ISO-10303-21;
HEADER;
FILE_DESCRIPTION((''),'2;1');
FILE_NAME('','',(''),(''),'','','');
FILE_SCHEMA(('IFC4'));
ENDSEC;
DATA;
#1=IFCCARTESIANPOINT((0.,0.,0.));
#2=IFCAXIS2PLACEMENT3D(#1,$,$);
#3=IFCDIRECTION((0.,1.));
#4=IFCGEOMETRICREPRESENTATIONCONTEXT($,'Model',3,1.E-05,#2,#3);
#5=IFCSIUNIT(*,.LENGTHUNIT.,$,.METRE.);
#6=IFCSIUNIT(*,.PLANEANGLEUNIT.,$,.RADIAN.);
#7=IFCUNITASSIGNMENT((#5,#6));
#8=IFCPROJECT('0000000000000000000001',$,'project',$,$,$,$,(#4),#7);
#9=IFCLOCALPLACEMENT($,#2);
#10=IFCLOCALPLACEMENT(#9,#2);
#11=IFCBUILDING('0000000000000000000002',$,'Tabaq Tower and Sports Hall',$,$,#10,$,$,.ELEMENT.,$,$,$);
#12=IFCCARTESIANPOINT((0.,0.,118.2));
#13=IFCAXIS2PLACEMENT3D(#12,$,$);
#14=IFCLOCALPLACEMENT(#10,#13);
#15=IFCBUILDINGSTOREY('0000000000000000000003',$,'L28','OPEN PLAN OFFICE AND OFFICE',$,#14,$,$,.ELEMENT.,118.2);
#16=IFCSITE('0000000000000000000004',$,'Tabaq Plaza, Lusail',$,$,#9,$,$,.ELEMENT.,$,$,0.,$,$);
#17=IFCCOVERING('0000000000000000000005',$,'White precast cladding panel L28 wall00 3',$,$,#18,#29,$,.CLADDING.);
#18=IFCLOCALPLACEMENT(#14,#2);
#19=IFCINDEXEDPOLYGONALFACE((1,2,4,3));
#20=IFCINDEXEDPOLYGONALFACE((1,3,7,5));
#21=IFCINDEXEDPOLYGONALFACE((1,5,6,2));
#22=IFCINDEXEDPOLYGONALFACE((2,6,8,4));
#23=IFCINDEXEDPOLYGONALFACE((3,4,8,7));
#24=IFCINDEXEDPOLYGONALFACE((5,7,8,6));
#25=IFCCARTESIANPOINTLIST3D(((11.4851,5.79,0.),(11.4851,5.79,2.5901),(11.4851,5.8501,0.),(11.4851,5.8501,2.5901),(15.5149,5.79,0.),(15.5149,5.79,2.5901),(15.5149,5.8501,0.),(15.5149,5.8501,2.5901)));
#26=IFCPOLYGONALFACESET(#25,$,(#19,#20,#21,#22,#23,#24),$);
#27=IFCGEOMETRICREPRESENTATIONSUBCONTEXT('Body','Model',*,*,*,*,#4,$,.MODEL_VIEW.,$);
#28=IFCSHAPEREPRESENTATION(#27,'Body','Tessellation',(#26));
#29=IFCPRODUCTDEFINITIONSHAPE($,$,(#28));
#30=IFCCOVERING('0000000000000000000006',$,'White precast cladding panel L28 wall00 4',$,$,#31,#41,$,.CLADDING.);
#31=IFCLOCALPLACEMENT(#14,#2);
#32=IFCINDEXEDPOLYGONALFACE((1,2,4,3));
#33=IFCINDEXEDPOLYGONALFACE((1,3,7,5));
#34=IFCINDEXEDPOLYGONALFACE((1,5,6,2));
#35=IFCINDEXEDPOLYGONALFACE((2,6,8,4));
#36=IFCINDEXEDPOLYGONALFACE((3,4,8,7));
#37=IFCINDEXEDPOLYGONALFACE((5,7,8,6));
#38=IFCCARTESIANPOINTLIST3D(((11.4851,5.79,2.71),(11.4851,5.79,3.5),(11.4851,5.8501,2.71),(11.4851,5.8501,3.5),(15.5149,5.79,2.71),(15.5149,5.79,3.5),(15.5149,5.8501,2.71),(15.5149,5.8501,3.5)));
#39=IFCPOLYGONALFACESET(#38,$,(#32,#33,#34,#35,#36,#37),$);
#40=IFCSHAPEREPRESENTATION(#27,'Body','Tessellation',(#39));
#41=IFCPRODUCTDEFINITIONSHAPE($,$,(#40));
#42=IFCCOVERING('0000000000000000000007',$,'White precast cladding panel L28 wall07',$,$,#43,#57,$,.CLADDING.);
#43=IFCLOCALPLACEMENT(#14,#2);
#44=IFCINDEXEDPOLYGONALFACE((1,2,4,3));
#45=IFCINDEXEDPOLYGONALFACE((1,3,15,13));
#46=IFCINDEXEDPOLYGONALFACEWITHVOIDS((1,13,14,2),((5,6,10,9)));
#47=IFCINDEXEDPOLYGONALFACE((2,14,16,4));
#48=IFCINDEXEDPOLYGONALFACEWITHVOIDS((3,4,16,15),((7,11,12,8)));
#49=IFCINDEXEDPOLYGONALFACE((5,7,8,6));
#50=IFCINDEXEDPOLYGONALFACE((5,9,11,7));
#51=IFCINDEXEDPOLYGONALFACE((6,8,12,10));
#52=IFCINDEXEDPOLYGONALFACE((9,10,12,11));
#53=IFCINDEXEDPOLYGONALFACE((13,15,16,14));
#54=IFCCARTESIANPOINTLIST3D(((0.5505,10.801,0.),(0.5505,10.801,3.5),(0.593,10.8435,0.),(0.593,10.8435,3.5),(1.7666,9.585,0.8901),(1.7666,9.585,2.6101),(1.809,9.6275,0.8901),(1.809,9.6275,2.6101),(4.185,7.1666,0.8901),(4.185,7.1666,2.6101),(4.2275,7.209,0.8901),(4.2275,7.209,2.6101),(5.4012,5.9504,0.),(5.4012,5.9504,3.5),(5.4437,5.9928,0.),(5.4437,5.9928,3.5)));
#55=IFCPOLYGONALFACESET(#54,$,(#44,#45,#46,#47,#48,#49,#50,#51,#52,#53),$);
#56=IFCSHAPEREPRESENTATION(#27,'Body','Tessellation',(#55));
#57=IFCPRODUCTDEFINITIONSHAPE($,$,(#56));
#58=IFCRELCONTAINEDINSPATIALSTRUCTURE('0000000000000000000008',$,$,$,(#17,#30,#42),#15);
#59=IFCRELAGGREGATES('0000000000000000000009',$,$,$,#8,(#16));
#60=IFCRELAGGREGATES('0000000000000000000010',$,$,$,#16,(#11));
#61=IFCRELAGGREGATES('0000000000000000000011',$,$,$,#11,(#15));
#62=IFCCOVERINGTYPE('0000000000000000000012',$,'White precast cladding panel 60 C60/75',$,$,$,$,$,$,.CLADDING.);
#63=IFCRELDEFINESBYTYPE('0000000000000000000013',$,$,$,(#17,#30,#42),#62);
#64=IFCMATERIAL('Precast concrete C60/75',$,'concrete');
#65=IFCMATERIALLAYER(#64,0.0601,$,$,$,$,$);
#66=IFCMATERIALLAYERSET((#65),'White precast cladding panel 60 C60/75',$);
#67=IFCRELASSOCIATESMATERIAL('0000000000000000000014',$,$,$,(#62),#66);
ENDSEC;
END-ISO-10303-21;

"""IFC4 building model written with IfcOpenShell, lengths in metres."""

from ifc_helpers import new_model, si_unit, direction, frame, frame_2d, origin, place, context, subcontext, project, spatial, polyline, rectangle, outline, extrude, material, layer, layer_set, type_object, element, save


model = new_model("IFC4")

# Units and contexts
model_context = context("Model", 3, precision=1e-05, world=origin(), true_north=direction((0.0, 1.0)))
body_context = subcontext(model_context, "Body", "Model", "MODEL_VIEW")
ifc_project = project(units=[si_unit("LENGTHUNIT", "METRE"), si_unit("PLANEANGLEUNIT", "RADIAN")], contexts=[model_context])

# Site, building, storey
site_placement = place(None, origin())
site = spatial("IfcSite", under=ifc_project, at=site_placement, Name="Tabaq Plaza, Lusail", CompositionType="ELEMENT", RefElevation=0.0)
building_placement = place(site_placement, origin())
building = spatial("IfcBuilding", under=site, at=building_placement, Name="Tabaq Tower and Sports Hall", CompositionType="ELEMENT")
storey_placement = place(building_placement, frame((0.0, 0.0, 118.2)))
storey = spatial("IfcBuildingStorey", under=building, at=storey_placement, Name="L28", Description="OPEN PLAN OFFICE AND OFFICE", CompositionType="ELEMENT", Elevation=118.2)

# Coverings
ifc_material_1 = material(Name="Precast concrete C60/75", Category="concrete")
ifc_layer_1 = layer(ifc_material_1, 0.0601)
ifc_layer_set_1 = layer_set([ifc_layer_1], Name="White precast cladding panel 60 C60/75")
covering_type_1 = type_object("IfcCoveringType", Name="White precast cladding panel 60 C60/75", PredefinedType="CLADDING", material=ifc_layer_set_1)
covering_1_placement = place(storey_placement, frame((11.4851, 5.8201, 0.0), z_axis=(0.0, 0.0, 1.0), x_axis=(1.0, 0.0, 0.0)))
element("IfcCovering", 1, at=covering_1_placement, inside=storey, type_object=covering_type_1, Name="White precast cladding panel L28 wall00 3", PredefinedType="CLADDING", context=body_context, shape_type="SweptSolid", body=[
    extrude(rectangle(XDim=4.0298, YDim=0.0601, at=frame_2d((2.0149, 0.0))), origin(), (0.0, 0.0, 1.0), 2.5901),
])
covering_2_placement = place(storey_placement, frame((11.4851, 5.8201, 2.71), z_axis=(0.0, 0.0, 1.0), x_axis=(1.0, 0.0, 0.0)))
element("IfcCovering", 2, at=covering_2_placement, inside=storey, type_object=covering_type_1, Name="White precast cladding panel L28 wall00 4", PredefinedType="CLADDING", context=body_context, shape_type="SweptSolid", body=[
    extrude(rectangle(XDim=4.0298, YDim=0.0601, at=frame_2d((2.0149, 0.0))), origin(), (0.0, 0.0, 1.0), 0.79),
])
covering_3_placement = place(storey_placement, frame((0.5718, 10.8223, 0.0), z_axis=(0.0, 0.0, 1.0), x_axis=(0.707107, -0.707107, 0.0)))
element("IfcCovering", 3, at=covering_3_placement, inside=storey, type_object=covering_type_1, Name="White precast cladding panel L28 wall07", PredefinedType="CLADDING", context=body_context, shape_type="SweptSolid", body=[
    extrude(outline(polyline([(0.0, 0.0), (6.8599, 0.0), (6.8599, 3.5), (0.0, 3.5), (0.0, 0.0)]), holes=[polyline([(1.7197, 0.8901), (1.7197, 2.6101), (5.1399, 2.6101), (5.1399, 0.8901), (1.7197, 0.8901)])]), frame((0.0, 0.03, 0.0), z_axis=(0.0, -1.0, 0.0), x_axis=(1.0, 0.0, 0.0)), (0.0, 0.0, 1.0), 0.0601),
])

save(model, "model.ifc")
